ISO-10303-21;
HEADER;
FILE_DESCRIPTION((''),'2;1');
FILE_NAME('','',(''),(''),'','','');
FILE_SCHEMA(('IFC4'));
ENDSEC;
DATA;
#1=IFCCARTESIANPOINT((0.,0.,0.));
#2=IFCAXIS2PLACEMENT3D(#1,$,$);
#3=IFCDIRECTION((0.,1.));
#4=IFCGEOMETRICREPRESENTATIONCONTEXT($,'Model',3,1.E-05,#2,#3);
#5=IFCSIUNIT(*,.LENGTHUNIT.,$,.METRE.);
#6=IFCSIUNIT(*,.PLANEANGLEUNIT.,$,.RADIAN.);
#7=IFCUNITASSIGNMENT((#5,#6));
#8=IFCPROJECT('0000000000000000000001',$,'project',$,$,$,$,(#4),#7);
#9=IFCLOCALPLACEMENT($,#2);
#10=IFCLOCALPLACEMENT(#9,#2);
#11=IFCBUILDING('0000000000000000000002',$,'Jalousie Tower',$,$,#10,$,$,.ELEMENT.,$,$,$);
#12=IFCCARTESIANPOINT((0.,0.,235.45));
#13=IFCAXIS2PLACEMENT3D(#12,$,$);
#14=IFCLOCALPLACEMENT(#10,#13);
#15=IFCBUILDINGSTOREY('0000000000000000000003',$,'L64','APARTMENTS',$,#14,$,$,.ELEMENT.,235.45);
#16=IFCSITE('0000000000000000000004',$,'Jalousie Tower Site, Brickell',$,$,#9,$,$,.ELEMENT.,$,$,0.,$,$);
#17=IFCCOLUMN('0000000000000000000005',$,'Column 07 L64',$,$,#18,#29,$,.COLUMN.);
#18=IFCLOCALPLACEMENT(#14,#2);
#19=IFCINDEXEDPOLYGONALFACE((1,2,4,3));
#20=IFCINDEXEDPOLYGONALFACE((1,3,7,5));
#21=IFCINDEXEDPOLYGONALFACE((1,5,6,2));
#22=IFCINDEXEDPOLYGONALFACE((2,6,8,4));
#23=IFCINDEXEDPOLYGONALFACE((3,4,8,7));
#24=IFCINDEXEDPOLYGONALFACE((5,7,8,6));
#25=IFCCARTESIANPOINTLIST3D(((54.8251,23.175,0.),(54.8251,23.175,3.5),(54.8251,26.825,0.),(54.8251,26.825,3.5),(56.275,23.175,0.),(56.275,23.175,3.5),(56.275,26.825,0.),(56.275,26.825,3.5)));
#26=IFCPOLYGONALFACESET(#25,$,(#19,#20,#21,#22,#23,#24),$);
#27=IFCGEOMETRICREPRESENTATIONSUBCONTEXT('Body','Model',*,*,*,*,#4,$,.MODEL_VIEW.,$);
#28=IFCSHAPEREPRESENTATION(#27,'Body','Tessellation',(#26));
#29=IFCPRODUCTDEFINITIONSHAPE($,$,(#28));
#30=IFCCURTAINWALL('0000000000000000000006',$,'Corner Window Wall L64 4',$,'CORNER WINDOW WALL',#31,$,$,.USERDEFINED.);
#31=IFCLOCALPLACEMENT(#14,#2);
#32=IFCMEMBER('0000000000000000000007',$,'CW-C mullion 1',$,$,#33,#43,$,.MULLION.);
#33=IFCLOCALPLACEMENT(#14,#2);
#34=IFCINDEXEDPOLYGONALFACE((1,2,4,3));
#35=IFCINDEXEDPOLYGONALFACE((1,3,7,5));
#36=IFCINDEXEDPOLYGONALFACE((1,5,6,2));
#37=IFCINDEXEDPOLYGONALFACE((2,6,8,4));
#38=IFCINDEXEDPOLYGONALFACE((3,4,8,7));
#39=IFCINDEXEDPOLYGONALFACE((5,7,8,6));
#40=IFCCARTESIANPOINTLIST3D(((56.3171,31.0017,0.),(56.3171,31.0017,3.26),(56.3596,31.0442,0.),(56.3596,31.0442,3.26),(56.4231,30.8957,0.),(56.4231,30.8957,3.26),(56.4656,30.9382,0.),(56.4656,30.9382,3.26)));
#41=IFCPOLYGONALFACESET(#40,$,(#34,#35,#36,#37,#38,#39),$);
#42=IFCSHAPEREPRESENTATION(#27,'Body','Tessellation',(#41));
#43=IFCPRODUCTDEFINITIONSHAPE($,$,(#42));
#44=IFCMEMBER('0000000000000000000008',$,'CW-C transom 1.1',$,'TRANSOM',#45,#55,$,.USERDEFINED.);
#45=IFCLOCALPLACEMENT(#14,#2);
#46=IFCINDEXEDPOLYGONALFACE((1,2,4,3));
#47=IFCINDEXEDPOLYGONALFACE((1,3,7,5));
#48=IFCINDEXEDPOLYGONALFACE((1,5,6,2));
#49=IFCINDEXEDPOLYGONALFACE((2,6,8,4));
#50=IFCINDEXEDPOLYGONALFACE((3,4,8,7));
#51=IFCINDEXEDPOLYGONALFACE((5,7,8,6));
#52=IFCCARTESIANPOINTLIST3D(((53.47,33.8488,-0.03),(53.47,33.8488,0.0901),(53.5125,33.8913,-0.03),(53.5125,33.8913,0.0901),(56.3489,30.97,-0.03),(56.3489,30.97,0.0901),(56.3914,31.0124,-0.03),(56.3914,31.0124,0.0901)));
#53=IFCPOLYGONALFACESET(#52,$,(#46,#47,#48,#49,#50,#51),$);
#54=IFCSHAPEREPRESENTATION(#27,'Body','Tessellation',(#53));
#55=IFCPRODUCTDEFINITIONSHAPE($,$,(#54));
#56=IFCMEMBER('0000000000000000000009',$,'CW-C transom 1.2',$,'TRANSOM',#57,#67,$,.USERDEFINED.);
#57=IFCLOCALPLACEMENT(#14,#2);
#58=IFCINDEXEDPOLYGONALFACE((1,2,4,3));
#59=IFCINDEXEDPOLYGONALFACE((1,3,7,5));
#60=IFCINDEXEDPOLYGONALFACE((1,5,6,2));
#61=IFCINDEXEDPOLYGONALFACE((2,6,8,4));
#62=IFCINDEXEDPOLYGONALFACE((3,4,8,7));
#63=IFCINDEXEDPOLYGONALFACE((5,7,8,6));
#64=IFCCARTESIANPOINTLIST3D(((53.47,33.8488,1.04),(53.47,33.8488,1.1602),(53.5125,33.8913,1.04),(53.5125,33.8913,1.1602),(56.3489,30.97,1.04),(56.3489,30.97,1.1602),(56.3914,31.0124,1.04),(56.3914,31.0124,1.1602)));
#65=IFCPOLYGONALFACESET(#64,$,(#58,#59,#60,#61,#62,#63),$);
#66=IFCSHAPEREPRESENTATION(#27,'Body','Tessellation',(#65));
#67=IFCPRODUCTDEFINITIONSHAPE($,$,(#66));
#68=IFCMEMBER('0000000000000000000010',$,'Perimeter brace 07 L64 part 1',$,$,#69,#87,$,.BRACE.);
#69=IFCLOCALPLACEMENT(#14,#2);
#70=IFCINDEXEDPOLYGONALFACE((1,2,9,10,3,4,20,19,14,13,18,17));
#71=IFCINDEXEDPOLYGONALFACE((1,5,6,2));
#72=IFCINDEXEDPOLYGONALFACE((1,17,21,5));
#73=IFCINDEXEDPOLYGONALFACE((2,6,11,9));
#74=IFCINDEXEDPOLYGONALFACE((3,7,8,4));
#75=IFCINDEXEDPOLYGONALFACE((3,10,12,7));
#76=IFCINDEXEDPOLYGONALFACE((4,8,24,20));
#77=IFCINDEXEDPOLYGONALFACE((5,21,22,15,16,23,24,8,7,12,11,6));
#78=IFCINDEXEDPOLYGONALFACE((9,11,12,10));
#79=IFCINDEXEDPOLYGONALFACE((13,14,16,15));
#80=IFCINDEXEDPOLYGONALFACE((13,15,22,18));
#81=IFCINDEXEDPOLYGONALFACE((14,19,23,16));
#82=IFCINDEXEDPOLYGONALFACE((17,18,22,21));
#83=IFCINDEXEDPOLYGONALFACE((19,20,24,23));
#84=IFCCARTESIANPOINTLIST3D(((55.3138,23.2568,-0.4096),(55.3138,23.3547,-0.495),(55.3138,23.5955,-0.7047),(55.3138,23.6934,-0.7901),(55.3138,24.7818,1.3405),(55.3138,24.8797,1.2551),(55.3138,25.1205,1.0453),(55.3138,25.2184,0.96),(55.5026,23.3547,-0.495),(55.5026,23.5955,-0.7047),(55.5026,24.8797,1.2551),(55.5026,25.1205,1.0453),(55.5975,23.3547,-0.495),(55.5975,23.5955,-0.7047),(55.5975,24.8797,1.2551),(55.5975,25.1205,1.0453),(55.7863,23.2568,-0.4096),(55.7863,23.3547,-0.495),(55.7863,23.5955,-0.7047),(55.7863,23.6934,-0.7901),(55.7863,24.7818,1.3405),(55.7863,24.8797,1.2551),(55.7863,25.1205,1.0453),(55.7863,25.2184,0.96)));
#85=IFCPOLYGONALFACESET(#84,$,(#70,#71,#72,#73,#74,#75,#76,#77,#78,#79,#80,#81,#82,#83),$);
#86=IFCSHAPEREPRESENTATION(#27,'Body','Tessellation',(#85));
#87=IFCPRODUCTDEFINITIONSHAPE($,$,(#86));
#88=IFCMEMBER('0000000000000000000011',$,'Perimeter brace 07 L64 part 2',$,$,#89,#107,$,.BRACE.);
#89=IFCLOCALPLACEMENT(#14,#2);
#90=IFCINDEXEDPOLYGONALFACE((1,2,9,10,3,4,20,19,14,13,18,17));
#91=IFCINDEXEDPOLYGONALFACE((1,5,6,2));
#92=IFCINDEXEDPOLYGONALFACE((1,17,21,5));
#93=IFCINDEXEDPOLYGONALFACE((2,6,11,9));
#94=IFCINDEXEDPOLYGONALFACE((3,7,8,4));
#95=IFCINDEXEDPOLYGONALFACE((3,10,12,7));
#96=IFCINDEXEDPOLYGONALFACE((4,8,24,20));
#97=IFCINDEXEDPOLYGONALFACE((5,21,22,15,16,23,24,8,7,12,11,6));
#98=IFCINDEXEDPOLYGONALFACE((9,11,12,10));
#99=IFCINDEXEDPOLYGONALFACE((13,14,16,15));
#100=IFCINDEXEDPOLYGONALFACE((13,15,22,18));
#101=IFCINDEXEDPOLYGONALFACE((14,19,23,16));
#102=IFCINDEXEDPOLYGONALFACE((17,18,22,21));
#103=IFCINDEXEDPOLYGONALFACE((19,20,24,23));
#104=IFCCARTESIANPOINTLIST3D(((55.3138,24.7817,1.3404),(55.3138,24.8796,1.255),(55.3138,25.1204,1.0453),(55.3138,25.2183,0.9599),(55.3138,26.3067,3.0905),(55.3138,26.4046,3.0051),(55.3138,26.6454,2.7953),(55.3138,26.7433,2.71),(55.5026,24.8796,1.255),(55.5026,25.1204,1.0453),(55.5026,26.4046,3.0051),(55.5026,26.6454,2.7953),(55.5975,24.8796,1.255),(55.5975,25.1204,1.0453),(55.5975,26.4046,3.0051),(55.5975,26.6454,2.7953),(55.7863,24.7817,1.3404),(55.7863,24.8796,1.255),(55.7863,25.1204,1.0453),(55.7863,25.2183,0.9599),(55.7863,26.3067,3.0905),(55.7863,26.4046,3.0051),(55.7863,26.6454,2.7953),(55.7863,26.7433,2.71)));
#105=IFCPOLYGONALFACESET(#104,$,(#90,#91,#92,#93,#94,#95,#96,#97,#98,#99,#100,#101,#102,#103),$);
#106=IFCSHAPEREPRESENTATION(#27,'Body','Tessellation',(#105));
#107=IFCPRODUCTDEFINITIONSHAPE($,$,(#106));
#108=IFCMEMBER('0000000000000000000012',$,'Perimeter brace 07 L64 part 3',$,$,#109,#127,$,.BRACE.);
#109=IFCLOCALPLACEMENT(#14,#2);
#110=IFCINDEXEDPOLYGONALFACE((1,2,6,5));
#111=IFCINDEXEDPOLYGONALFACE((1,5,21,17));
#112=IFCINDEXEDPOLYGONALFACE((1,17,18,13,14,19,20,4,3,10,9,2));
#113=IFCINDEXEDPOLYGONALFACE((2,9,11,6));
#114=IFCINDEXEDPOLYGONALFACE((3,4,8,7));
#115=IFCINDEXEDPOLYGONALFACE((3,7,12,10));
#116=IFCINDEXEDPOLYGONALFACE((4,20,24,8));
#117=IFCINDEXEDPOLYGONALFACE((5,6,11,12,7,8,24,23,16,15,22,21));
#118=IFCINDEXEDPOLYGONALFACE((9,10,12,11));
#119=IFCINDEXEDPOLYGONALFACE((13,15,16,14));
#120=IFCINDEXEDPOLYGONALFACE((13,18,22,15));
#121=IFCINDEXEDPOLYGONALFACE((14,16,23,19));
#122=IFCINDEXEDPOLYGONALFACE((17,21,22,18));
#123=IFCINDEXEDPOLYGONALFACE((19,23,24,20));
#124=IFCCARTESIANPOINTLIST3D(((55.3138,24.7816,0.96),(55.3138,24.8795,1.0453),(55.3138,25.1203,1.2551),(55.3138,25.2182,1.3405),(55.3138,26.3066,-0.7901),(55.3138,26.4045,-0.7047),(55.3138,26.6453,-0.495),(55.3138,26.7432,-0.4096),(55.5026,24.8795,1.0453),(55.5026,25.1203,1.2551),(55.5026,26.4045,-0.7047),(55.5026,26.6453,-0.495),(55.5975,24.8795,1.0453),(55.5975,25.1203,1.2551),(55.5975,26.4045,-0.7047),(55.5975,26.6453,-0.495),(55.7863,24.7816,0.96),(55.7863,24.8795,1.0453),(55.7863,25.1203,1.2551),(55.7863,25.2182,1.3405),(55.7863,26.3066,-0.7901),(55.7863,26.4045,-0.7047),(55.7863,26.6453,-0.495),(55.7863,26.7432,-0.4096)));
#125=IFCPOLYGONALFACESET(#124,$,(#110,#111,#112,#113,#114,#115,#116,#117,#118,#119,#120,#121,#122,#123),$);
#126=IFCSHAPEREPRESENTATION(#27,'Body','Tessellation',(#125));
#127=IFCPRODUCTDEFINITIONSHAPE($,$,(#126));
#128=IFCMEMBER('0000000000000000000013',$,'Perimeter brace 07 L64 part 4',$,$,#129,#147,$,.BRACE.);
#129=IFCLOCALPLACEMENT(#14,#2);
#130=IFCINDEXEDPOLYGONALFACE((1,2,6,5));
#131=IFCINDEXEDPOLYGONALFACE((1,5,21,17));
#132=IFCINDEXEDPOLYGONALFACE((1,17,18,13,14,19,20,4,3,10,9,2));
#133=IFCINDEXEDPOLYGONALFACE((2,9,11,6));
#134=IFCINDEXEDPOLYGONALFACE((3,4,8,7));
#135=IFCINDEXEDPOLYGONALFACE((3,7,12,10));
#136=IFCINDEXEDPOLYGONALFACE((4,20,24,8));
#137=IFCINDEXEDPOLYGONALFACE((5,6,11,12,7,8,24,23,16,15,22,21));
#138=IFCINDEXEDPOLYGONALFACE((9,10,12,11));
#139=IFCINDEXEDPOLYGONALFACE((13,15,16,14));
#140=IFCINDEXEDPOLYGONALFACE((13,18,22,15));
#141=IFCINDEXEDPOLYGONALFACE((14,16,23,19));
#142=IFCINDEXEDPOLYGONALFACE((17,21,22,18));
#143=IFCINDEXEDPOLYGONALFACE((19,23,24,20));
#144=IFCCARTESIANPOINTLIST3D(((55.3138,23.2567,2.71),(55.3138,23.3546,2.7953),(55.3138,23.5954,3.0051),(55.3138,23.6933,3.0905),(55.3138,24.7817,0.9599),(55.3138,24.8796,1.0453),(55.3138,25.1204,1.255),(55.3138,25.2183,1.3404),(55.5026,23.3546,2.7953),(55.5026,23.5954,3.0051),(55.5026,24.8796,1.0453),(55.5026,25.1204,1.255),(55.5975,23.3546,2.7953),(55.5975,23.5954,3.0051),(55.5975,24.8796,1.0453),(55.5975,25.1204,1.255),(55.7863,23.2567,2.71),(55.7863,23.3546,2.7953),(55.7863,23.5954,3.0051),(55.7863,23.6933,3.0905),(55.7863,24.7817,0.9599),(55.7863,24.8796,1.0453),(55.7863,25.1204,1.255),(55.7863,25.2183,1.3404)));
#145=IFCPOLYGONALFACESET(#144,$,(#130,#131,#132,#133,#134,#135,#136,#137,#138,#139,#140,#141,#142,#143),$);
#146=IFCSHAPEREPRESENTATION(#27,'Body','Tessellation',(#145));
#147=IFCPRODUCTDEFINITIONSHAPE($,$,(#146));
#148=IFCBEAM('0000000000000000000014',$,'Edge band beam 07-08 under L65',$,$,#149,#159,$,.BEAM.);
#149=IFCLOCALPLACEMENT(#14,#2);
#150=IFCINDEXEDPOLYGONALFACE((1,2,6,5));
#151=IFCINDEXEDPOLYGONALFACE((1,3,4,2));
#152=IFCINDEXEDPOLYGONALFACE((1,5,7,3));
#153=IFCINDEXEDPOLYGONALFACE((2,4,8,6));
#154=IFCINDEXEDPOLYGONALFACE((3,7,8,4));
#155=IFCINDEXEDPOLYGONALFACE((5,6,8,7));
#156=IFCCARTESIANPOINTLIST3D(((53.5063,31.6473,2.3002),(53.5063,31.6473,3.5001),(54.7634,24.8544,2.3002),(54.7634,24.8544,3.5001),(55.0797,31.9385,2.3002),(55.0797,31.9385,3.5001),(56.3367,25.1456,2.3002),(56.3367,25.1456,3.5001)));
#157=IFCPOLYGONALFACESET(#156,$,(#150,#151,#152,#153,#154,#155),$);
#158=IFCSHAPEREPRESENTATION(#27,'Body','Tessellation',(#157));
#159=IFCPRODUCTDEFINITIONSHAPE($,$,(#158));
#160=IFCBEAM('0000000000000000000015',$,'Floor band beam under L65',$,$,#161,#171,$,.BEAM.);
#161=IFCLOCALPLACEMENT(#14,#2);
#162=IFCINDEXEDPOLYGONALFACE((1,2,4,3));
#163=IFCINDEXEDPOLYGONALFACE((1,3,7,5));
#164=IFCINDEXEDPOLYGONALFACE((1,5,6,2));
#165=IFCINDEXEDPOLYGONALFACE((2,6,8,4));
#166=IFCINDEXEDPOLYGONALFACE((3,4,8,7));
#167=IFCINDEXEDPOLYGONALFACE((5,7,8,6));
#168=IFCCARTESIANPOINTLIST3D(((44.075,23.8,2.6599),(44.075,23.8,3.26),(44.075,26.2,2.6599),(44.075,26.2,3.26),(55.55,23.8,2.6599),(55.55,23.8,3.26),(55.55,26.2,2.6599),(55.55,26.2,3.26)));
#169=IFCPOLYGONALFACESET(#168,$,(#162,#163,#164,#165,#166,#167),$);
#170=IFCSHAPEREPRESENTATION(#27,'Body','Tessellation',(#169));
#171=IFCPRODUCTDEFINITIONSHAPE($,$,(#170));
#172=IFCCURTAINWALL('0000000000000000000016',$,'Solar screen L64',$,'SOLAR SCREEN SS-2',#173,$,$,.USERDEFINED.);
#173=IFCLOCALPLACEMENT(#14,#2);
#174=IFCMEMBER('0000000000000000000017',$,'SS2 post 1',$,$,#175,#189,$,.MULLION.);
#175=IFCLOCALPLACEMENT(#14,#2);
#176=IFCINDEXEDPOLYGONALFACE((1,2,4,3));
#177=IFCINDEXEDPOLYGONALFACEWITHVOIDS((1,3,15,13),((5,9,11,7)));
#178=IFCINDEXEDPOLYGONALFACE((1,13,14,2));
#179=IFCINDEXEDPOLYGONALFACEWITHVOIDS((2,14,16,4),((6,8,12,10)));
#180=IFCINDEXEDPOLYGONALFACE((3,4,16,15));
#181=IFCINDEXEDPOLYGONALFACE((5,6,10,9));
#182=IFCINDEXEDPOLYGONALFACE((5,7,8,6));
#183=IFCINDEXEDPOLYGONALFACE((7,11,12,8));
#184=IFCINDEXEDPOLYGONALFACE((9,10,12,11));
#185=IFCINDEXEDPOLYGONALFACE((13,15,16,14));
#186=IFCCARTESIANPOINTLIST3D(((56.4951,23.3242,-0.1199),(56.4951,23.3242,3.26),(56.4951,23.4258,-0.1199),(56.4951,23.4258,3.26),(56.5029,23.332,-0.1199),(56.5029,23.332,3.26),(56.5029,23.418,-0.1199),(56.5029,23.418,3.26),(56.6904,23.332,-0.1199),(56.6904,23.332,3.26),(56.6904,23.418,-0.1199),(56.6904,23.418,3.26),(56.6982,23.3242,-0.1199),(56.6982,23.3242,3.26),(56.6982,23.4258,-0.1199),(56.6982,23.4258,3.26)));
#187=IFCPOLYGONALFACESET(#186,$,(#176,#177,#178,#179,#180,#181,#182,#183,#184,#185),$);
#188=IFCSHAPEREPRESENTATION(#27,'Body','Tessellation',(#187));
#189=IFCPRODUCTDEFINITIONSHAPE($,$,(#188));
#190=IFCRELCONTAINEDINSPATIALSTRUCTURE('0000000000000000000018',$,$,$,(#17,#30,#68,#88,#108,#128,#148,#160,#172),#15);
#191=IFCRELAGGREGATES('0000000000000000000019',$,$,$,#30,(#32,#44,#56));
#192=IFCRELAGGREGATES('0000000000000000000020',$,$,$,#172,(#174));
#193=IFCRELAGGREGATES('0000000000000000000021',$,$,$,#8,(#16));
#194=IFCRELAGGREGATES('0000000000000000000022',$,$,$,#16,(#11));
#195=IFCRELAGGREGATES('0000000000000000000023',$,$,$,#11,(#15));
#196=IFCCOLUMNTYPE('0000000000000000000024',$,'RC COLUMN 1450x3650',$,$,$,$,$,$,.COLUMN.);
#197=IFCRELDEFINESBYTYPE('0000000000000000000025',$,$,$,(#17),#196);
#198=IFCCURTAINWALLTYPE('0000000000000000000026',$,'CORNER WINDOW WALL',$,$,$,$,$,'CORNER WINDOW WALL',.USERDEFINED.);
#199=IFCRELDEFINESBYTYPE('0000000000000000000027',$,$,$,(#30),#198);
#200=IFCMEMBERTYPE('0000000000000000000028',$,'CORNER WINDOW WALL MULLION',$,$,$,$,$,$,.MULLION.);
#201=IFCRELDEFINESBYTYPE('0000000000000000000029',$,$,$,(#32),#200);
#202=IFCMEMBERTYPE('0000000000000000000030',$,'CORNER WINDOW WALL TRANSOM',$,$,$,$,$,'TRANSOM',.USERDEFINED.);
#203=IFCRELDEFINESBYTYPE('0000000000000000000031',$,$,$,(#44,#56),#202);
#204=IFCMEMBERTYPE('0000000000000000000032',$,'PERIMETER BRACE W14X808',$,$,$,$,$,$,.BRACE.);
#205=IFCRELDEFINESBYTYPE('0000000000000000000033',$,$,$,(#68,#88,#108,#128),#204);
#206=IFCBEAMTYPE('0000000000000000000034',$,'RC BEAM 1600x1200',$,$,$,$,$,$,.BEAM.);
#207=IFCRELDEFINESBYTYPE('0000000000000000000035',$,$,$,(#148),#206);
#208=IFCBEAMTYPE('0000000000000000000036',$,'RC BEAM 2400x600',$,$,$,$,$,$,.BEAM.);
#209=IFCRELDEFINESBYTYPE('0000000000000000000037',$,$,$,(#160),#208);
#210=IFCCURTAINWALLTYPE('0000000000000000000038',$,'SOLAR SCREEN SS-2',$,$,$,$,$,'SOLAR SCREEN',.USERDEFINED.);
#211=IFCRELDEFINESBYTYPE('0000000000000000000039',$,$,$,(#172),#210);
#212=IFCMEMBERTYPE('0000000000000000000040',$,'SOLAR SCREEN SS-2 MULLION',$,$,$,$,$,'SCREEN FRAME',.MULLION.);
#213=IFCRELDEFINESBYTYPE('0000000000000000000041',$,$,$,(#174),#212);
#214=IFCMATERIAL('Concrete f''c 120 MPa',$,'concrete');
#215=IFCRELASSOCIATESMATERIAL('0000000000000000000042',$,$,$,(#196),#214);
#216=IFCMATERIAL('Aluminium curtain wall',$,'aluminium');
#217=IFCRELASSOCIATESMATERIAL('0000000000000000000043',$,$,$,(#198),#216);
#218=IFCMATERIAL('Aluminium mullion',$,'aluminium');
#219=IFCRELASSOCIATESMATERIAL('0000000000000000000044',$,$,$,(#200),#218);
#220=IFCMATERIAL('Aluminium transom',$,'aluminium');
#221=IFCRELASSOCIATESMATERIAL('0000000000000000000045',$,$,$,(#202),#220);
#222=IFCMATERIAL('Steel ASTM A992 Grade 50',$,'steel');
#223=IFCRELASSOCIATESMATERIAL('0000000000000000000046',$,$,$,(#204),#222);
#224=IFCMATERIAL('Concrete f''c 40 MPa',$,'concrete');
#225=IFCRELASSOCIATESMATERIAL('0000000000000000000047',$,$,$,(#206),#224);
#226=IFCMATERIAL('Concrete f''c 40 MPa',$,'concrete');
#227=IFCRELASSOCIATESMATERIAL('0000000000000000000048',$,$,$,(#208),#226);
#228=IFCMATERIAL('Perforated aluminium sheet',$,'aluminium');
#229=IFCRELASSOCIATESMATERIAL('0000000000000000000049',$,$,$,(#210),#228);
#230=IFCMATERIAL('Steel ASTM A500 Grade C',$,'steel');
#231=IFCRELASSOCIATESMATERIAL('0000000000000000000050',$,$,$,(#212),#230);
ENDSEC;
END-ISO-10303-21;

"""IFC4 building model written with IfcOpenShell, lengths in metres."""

from ifc_helpers import new_model, si_unit, direction, frame, origin, origin_2d, place, context, subcontext, project, spatial, rectangle, hollow_rectangle, i_section, extrude, material, material_profile, profile_set, type_object, element, aggregate, save


model = new_model("IFC4")

# Units and contexts
model_context = context("Model", 3, precision=1e-05, world=origin(), true_north=direction((0.0, 1.0)))
body_context = subcontext(model_context, "Body", "Model", "MODEL_VIEW")
ifc_project = project(units=[si_unit("LENGTHUNIT", "METRE"), si_unit("PLANEANGLEUNIT", "RADIAN")], contexts=[model_context])

# Site, building, storey
site_placement = place(None, origin())
site = spatial("IfcSite", under=ifc_project, at=site_placement, Name="Jalousie Tower Site, Brickell", CompositionType="ELEMENT", RefElevation=0.0)
building_placement = place(site_placement, origin())
building = spatial("IfcBuilding", under=site, at=building_placement, Name="Jalousie Tower", CompositionType="ELEMENT")
storey_placement = place(building_placement, frame((0.0, 0.0, 235.45)))
storey = spatial("IfcBuildingStorey", under=building, at=storey_placement, Name="L64", Description="APARTMENTS", CompositionType="ELEMENT", Elevation=235.45)

# Column
ifc_material_1 = material(Name="Concrete f'c 120 MPa", Category="concrete")
ifc_material_profile_1 = material_profile(ifc_material_1, rectangle(XDim=1.45, YDim=3.6499, at=origin_2d()), Name="RC 1450x3650")
ifc_profile_set_1 = profile_set([ifc_material_profile_1], Name="Concrete f'c 120 MPa")
column_type = type_object("IfcColumnType", Name="RC COLUMN 1450x3650", PredefinedType="COLUMN", material=ifc_profile_set_1)
column_placement = place(storey_placement, frame((55.55, 25.0, 0.0), z_axis=(0.0, 0.0, 1.0), x_axis=(1.0, 0.0, 0.0)))
element("IfcColumn", 1, at=column_placement, inside=storey, type_object=column_type, Name="Column 07 L64", PredefinedType="COLUMN", context=body_context, shape_type="SweptSolid", body=[
    extrude(rectangle(XDim=1.45, YDim=3.6499, at=origin_2d()), origin(), (0.0, 0.0, 1.0), 3.5),
])

# Curtain wall, members
ifc_material_2 = material(Name="Aluminium curtain wall", Category="aluminium")
curtain_wall_type_1 = type_object("IfcCurtainWallType", Name="CORNER WINDOW WALL", ElementType="CORNER WINDOW WALL", PredefinedType="USERDEFINED", material=ifc_material_2)
curtain_wall_1_placement = place(storey_placement, origin())
curtain_wall_1 = element("IfcCurtainWall", 2, at=curtain_wall_1_placement, inside=storey, type_object=curtain_wall_type_1, Name="Corner Window Wall L64 4", ObjectType="CORNER WINDOW WALL", PredefinedType="USERDEFINED")
ifc_material_3 = material(Name="Aluminium mullion", Category="aluminium")
ifc_material_profile_2 = material_profile(ifc_material_3, rectangle(XDim=0.0601, YDim=0.1499, at=origin_2d()), Name="MULLION 60x150")
ifc_profile_set_2 = profile_set([ifc_material_profile_2], Name="Aluminium mullion")
member_type_1 = type_object("IfcMemberType", Name="CORNER WINDOW WALL MULLION", PredefinedType="MULLION", material=ifc_profile_set_2)
member_1_placement = place(storey_placement, frame((56.3914, 30.97, 0.0), z_axis=(0.0, 0.0, 1.0), x_axis=(-0.707107, -0.707107, 0.0)))
member_1 = element("IfcMember", 3, at=member_1_placement, type_object=member_type_1, Name="CW-C mullion 1", PredefinedType="MULLION", context=body_context, shape_type="SweptSolid", body=[
    extrude(rectangle(XDim=0.0601, YDim=0.1499, at=origin_2d()), origin(), (0.0, 0.0, 1.0), 3.26),
])
ifc_material_4 = material(Name="Aluminium transom", Category="aluminium")
ifc_material_profile_3 = material_profile(ifc_material_4, rectangle(XDim=0.0601, YDim=0.1201, at=origin_2d()), Name="TRANSOM 60x120")
ifc_profile_set_3 = profile_set([ifc_material_profile_3], Name="Aluminium transom")
member_type_2 = type_object("IfcMemberType", Name="CORNER WINDOW WALL TRANSOM", ElementType="TRANSOM", PredefinedType="USERDEFINED", material=ifc_profile_set_3)
member_2_placement = place(storey_placement, frame((56.3701, 30.9912, 0.03), z_axis=(-0.707107, 0.707107, 0.0), x_axis=(-0.707107, -0.707107, 0.0)))
member_2 = element("IfcMember", 4, at=member_2_placement, type_object=member_type_2, Name="CW-C transom 1.1", ObjectType="TRANSOM", PredefinedType="USERDEFINED", context=body_context, shape_type="SweptSolid", body=[
    extrude(rectangle(XDim=0.0601, YDim=0.1201, at=origin_2d()), origin(), (0.0, 0.0, 1.0), 4.0713),
])
member_3_placement = place(storey_placement, frame((56.3701, 30.9912, 1.1001), z_axis=(-0.707107, 0.707107, 0.0), x_axis=(-0.707107, -0.707107, 0.0)))
member_3 = element("IfcMember", 5, at=member_3_placement, type_object=member_type_2, Name="CW-C transom 1.2", ObjectType="TRANSOM", PredefinedType="USERDEFINED", context=body_context, shape_type="SweptSolid", body=[
    extrude(rectangle(XDim=0.0601, YDim=0.1201, at=origin_2d()), origin(), (0.0, 0.0, 1.0), 4.0713),
])
aggregate(curtain_wall_1, [member_1, member_2, member_3])

# Members
ifc_material_5 = material(Name="Steel ASTM A992 Grade 50", Category="steel")
ifc_material_profile_4 = material_profile(ifc_material_5, i_section(OverallWidth=0.4724, OverallDepth=0.5791, WebThickness=0.095, FlangeThickness=0.1299, at=origin_2d()), Name="W14X808")
ifc_profile_set_4 = profile_set([ifc_material_profile_4], Name="Steel ASTM A992 Grade 50")
member_type_3 = type_object("IfcMemberType", Name="PERIMETER BRACE W14X808", PredefinedType="BRACE", material=ifc_profile_set_4)
for number, where, z_axis, x_axis, name in (
    (6, (55.55, 23.4751, -0.5999), (0.0, 0.656954, 0.75393), (-1.0, 0.0, 0.0), "Perimeter brace 07 L64 part 1"),
    (7, (55.55, 25.0, 1.1501), (0.0, 0.656954, 0.75393), (-1.0, 0.0, 0.0), "Perimeter brace 07 L64 part 2"),
    (8, (55.55, 26.5249, -0.5999), (0.0, -0.656954, 0.75393), (1.0, 0.0, 0.0), "Perimeter brace 07 L64 part 3"),
    (9, (55.55, 25.0, 1.1501), (0.0, -0.656954, 0.75393), (1.0, 0.0, 0.0), "Perimeter brace 07 L64 part 4"),
):
    element("IfcMember", number, at=place(storey_placement, frame(where, z_axis=z_axis, x_axis=x_axis)), inside=storey, type_object=member_type_3, Name=name, PredefinedType="BRACE", context=body_context, shape_type="SweptSolid", body=[
        extrude(i_section(OverallWidth=0.4724, OverallDepth=0.5791, WebThickness=0.095, FlangeThickness=0.1299, at=origin_2d()), origin(), (0.0, 0.0, 1.0), 2.3213),
    ])

# Beams
ifc_material_6 = material(Name="Concrete f'c 40 MPa", Category="concrete")
ifc_material_profile_5 = material_profile(ifc_material_6, rectangle(XDim=1.6001, YDim=1.2, at=origin_2d()), Name="RC 1600x1200")
ifc_profile_set_5 = profile_set([ifc_material_profile_5], Name="Concrete f'c 40 MPa")
beam_type_1 = type_object("IfcBeamType", Name="RC BEAM 1600x1200", PredefinedType="BEAM", material=ifc_profile_set_5)
beam_1_placement = place(storey_placement, frame((55.55, 25.0, 2.9001), z_axis=(-0.181967, 0.983305, 0.0), x_axis=(-0.983305, -0.181967, 0.0)))
element("IfcBeam", 10, at=beam_1_placement, inside=storey, type_object=beam_type_1, Name="Edge band beam 07-08 under L65", PredefinedType="BEAM", context=body_context, shape_type="SweptSolid", body=[
    extrude(rectangle(XDim=1.6001, YDim=1.2, at=origin_2d()), origin(), (0.0, 0.0, 1.0), 6.9082),
])
ifc_material_7 = material(Name="Concrete f'c 40 MPa", Category="concrete")
ifc_material_profile_6 = material_profile(ifc_material_7, rectangle(XDim=2.3999, YDim=0.6001, at=origin_2d()), Name="RC 2400x600")
ifc_profile_set_6 = profile_set([ifc_material_profile_6], Name="Concrete f'c 40 MPa")
beam_type_2 = type_object("IfcBeamType", Name="RC BEAM 2400x600", PredefinedType="BEAM", material=ifc_profile_set_6)
beam_2_placement = place(storey_placement, frame((55.55, 25.0, 2.96), z_axis=(-1.0, 0.0, 0.0), x_axis=(0.0, -1.0, 0.0)))
element("IfcBeam", 11, at=beam_2_placement, inside=storey, type_object=beam_type_2, Name="Floor band beam under L65", PredefinedType="BEAM", context=body_context, shape_type="SweptSolid", body=[
    extrude(rectangle(XDim=2.3999, YDim=0.6001, at=origin_2d()), origin(), (0.0, 0.0, 1.0), 11.4751),
])

# Curtain wall, member
ifc_material_8 = material(Name="Perforated aluminium sheet", Category="aluminium")
curtain_wall_type_2 = type_object("IfcCurtainWallType", Name="SOLAR SCREEN SS-2", ElementType="SOLAR SCREEN", PredefinedType="USERDEFINED", material=ifc_material_8)
curtain_wall_2_placement = place(storey_placement, origin())
curtain_wall_2 = element("IfcCurtainWall", 12, at=curtain_wall_2_placement, inside=storey, type_object=curtain_wall_type_2, Name="Solar screen L64", ObjectType="SOLAR SCREEN SS-2", PredefinedType="USERDEFINED")
ifc_material_9 = material(Name="Steel ASTM A500 Grade C", Category="steel")
ifc_material_profile_7 = material_profile(ifc_material_9, hollow_rectangle(XDim=0.1016, YDim=0.2031, WallThickness=0.0078, at=origin_2d()), Name="HSS8X4X5/16")
ifc_profile_set_7 = profile_set([ifc_material_profile_7], Name="Steel ASTM A500 Grade C")
member_type_4 = type_object("IfcMemberType", Name="SOLAR SCREEN SS-2 MULLION", ElementType="SCREEN FRAME", PredefinedType="MULLION", material=ifc_profile_set_7)
member_4_placement = place(storey_placement, frame((56.5967, 23.375, -0.1199), z_axis=(0.0, 0.0, 1.0), x_axis=(0.0, 1.0, 0.0)))
member_4 = element("IfcMember", 13, at=member_4_placement, type_object=member_type_4, Name="SS2 post 1", PredefinedType="MULLION", context=body_context, shape_type="SweptSolid", body=[
    extrude(hollow_rectangle(XDim=0.1016, YDim=0.2031, WallThickness=0.0078, at=origin_2d()), origin(), (0.0, 0.0, 1.0), 3.3799),
])
aggregate(curtain_wall_2, [member_4])

save(model, "model.ifc")
